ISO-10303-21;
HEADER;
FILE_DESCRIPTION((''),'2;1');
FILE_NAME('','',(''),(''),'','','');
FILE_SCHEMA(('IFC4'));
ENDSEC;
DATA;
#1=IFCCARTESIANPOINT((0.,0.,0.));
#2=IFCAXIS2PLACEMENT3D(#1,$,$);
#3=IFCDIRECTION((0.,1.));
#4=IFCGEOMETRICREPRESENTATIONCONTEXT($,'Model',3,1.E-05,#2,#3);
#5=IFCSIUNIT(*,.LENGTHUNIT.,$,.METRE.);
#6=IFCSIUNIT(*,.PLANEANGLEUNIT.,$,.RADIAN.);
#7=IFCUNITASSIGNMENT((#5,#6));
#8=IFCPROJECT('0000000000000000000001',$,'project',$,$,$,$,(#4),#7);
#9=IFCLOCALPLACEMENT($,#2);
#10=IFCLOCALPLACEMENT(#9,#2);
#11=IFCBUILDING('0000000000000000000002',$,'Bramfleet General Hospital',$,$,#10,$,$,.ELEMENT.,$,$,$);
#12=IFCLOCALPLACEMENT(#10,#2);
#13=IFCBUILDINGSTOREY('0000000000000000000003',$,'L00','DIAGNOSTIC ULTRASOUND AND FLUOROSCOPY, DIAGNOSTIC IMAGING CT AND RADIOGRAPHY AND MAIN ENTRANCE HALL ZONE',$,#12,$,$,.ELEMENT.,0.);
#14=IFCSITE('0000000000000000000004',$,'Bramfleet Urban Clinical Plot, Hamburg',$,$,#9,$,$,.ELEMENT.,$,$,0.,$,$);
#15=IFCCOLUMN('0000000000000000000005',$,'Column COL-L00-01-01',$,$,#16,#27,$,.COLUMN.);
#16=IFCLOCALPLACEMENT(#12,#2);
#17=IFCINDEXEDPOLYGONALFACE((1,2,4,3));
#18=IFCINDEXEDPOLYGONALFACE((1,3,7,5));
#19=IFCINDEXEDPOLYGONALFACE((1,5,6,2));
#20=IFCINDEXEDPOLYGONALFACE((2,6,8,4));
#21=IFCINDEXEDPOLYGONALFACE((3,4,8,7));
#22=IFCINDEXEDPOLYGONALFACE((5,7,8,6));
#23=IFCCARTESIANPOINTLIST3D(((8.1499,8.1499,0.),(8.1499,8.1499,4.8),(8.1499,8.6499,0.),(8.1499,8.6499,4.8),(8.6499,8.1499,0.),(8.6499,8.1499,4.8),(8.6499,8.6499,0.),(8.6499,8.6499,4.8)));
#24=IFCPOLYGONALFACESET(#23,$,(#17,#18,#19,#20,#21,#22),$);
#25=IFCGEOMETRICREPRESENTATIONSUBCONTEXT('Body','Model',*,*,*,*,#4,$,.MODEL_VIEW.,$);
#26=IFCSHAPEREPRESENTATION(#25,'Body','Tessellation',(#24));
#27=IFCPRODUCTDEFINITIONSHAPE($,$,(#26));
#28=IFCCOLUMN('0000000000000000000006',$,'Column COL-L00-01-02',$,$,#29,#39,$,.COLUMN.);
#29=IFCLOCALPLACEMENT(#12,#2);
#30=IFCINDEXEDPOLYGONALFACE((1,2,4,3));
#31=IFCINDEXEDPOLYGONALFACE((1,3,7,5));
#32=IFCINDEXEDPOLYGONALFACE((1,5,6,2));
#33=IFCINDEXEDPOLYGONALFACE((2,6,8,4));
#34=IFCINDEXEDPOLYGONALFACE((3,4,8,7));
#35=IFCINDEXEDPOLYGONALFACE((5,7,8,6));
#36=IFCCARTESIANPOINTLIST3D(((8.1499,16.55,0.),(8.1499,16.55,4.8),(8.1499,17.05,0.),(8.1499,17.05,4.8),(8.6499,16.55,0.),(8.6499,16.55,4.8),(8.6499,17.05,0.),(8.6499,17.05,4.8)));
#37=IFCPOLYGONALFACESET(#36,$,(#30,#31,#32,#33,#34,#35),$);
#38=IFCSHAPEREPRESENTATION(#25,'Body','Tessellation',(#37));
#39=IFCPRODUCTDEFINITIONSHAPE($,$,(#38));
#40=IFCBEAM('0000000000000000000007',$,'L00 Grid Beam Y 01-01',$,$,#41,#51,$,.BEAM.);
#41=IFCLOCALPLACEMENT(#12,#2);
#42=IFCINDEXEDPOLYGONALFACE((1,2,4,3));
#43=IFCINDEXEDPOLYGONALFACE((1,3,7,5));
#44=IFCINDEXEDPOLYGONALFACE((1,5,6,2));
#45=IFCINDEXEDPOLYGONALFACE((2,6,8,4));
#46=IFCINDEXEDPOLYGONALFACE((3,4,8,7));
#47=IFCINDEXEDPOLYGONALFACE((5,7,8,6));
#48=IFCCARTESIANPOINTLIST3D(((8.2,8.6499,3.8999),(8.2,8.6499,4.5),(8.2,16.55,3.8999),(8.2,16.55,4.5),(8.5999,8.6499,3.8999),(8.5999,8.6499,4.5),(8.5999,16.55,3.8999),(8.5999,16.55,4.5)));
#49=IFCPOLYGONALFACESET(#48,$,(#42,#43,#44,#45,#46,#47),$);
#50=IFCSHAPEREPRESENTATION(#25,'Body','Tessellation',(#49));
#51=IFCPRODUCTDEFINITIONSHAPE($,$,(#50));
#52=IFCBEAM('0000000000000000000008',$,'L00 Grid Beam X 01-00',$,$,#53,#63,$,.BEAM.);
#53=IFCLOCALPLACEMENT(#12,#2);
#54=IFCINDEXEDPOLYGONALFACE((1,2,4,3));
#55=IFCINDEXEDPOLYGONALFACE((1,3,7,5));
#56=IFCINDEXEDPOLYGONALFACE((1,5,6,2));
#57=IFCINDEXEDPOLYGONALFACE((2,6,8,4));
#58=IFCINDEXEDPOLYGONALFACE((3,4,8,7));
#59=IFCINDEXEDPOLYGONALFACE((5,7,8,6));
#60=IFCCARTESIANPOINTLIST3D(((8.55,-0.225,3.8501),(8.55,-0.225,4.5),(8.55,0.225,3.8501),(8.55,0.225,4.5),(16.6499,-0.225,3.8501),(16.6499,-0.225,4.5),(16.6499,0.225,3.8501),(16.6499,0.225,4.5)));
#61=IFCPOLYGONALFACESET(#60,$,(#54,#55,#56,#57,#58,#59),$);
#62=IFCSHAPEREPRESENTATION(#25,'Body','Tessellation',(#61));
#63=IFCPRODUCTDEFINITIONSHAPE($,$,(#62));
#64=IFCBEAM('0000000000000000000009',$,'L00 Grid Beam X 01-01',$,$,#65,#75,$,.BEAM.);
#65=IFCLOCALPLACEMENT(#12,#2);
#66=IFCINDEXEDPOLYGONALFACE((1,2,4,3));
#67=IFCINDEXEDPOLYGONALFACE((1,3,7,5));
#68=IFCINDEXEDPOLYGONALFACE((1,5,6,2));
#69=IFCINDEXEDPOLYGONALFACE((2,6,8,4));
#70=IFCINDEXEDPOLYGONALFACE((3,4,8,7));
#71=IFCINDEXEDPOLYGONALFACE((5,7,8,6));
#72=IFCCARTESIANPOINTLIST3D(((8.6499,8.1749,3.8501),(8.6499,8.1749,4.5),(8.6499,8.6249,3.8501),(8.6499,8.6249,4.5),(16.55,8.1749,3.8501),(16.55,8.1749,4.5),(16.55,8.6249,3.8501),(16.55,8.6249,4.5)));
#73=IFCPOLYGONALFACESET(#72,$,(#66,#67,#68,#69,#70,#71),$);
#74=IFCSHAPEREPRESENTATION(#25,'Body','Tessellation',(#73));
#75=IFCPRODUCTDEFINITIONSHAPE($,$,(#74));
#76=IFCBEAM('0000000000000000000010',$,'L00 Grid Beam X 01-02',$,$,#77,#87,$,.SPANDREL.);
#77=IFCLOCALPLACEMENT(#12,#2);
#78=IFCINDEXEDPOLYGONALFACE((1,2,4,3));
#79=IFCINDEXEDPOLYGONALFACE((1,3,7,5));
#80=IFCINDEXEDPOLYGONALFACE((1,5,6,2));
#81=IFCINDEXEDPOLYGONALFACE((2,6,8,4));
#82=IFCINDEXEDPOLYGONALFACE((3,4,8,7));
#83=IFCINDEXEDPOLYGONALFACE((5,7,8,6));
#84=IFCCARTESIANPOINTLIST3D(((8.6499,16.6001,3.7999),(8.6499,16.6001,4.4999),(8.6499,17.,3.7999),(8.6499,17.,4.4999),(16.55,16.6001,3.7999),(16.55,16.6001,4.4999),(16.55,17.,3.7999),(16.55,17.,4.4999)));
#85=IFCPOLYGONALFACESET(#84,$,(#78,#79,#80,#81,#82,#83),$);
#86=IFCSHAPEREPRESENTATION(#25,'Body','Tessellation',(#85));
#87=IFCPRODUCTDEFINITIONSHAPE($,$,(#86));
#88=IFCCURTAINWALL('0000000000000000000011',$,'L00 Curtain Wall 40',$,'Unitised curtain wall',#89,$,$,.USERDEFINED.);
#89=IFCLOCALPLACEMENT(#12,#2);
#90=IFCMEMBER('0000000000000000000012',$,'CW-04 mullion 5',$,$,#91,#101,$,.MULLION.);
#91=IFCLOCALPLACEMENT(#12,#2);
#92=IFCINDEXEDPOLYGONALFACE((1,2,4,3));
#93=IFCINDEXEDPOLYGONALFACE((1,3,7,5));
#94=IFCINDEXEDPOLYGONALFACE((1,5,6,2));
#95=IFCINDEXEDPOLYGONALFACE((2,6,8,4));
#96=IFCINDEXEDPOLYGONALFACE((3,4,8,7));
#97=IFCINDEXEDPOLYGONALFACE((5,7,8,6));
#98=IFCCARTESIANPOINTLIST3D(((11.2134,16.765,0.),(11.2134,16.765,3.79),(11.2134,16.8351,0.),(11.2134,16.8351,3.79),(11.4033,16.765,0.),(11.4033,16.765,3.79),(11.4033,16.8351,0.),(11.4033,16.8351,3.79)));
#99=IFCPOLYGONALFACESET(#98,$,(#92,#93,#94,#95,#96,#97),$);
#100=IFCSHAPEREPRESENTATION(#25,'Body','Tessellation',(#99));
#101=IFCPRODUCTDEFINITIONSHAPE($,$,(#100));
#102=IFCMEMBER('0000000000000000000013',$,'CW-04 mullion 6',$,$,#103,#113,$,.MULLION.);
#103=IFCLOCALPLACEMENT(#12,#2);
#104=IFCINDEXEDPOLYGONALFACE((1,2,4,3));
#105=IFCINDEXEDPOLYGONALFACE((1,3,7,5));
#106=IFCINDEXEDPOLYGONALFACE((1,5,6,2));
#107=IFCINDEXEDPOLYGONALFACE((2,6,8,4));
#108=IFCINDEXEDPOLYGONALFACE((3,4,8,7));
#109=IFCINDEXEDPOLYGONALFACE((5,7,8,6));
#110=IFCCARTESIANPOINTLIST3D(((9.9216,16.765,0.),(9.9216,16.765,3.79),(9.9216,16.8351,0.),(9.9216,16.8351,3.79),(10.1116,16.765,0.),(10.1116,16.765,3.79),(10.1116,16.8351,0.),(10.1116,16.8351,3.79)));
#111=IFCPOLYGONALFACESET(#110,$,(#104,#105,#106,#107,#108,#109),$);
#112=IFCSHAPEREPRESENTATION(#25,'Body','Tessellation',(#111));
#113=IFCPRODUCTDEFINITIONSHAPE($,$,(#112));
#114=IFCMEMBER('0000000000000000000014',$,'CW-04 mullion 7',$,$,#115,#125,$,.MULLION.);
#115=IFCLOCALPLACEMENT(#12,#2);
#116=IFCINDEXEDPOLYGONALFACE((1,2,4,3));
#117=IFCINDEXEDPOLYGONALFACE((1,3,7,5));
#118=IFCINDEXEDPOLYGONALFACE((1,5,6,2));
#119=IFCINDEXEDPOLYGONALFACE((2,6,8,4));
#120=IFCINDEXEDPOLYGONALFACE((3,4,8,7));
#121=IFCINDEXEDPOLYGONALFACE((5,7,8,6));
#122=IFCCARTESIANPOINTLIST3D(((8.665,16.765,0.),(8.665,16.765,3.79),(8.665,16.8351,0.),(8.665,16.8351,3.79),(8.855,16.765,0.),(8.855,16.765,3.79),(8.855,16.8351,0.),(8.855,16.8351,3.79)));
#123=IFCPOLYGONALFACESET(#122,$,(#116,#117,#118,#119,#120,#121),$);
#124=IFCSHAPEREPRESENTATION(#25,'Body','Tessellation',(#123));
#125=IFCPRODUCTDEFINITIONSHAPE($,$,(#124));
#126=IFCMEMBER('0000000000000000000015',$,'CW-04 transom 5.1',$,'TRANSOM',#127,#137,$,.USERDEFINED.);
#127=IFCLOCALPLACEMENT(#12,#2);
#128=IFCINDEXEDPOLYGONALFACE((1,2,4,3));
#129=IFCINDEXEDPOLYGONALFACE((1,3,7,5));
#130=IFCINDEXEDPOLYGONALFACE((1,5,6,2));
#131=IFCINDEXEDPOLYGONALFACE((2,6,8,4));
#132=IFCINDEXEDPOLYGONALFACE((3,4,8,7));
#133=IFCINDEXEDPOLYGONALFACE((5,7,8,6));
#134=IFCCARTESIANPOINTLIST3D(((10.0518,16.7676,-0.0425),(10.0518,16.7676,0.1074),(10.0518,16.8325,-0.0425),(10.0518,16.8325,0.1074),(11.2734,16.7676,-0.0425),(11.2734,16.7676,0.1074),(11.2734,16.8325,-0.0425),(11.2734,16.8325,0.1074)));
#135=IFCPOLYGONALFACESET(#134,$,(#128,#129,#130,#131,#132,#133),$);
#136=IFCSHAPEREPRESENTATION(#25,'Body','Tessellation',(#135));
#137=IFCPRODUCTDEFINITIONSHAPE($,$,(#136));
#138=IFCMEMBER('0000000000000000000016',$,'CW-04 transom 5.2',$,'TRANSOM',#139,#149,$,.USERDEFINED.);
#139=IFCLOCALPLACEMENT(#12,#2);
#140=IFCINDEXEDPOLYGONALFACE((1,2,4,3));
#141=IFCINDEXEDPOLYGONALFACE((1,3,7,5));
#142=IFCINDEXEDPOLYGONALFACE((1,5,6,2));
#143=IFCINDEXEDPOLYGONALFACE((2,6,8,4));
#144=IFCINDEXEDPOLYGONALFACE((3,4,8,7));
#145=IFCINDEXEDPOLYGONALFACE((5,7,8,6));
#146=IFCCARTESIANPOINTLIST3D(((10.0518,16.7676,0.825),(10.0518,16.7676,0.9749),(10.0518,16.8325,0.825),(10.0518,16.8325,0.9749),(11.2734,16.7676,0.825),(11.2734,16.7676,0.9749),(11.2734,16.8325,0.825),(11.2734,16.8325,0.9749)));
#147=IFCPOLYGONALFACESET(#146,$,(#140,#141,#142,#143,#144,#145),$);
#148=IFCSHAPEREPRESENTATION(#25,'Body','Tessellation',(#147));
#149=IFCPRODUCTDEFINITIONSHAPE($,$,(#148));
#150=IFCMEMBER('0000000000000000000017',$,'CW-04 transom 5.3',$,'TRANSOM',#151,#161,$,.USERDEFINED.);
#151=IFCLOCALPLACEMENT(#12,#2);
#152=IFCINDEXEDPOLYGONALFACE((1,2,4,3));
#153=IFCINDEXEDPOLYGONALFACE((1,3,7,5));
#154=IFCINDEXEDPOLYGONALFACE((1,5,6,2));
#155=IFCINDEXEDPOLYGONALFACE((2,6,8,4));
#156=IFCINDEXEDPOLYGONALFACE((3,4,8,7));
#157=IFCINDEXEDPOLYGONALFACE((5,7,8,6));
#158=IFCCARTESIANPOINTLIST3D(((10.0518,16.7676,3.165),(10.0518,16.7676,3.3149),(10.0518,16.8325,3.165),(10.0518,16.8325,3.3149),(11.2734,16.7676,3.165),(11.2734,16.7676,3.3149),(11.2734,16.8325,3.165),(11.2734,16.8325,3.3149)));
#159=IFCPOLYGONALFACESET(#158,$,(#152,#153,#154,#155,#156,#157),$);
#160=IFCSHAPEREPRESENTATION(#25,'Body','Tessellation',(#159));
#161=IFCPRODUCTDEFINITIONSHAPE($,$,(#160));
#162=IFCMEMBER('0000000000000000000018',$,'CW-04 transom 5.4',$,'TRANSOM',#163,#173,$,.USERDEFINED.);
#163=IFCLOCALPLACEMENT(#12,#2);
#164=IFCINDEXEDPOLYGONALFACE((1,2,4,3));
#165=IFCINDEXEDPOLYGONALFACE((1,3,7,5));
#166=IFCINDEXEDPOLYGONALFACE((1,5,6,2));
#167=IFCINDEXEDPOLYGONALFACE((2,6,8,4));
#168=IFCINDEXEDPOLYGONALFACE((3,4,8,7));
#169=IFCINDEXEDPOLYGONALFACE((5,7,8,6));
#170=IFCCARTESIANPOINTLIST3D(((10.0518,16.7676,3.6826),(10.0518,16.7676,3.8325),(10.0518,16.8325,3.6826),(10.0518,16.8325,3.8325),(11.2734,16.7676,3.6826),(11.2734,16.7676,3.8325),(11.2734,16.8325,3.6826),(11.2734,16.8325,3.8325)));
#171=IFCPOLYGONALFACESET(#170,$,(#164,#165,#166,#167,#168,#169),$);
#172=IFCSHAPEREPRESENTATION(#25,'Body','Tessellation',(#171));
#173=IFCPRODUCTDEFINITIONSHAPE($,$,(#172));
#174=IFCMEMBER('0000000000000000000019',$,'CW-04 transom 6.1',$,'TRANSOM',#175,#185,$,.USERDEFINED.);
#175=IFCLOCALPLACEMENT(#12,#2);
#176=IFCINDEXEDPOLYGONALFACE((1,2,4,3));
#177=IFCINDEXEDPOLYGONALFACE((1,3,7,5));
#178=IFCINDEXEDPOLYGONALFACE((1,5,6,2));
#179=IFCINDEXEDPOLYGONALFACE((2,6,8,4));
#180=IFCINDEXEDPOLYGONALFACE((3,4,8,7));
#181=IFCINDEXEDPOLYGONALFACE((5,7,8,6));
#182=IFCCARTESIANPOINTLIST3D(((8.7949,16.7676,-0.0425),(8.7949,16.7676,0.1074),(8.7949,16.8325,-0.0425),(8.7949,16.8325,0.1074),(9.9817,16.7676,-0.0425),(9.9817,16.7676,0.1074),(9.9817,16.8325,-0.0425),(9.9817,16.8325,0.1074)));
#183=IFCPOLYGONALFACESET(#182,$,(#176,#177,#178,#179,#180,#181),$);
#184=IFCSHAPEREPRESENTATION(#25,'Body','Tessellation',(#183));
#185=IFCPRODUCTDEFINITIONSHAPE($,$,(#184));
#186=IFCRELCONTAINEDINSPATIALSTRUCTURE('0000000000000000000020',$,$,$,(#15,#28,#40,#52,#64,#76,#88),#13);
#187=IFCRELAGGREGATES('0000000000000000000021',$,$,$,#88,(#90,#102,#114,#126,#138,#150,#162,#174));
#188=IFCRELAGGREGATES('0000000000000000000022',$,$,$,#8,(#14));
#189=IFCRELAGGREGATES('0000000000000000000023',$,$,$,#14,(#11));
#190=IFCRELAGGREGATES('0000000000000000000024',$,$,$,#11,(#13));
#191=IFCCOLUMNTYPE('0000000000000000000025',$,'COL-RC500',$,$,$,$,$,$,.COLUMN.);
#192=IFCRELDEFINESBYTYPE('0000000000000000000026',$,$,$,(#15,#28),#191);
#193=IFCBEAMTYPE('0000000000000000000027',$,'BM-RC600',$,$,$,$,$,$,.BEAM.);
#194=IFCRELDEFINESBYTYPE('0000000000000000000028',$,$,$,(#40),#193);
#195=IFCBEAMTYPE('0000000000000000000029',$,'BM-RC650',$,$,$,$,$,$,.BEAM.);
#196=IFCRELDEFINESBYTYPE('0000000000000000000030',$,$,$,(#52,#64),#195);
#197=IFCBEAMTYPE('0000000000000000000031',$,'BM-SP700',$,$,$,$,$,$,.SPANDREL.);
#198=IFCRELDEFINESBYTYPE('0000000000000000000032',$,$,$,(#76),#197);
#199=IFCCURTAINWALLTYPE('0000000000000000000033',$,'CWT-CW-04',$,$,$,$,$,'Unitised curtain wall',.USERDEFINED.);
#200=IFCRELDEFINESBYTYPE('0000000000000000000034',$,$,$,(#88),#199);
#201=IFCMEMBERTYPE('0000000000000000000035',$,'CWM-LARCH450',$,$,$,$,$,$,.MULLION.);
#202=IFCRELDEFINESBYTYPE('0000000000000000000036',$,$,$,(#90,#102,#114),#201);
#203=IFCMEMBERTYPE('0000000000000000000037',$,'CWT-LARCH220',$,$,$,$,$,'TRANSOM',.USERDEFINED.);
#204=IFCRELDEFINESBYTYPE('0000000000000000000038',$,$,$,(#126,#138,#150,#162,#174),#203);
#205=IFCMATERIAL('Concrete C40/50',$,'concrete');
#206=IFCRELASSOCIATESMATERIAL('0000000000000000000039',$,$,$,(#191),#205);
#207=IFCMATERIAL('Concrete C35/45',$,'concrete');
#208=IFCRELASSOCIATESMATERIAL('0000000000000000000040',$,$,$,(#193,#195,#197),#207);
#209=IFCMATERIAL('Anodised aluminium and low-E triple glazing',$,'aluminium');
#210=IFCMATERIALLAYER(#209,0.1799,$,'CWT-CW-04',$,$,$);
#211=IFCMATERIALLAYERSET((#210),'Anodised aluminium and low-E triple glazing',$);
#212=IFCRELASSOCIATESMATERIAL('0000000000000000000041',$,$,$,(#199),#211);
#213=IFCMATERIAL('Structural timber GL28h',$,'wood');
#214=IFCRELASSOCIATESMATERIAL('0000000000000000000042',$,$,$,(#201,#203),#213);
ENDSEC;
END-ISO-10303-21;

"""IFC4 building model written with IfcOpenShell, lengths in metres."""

from ifc_helpers import new_model, si_unit, direction, frame, origin, origin_2d, place, context, subcontext, project, spatial, rectangle, extrude, material, layer, layer_set, material_profile, profile_set, type_object, element, aggregate, save


model = new_model("IFC4")

# Units and contexts
model_context = context("Model", 3, precision=1e-05, world=origin(), true_north=direction((0.0, 1.0)))
body_context = subcontext(model_context, "Body", "Model", "MODEL_VIEW")
ifc_project = project(units=[si_unit("LENGTHUNIT", "METRE"), si_unit("PLANEANGLEUNIT", "RADIAN")], contexts=[model_context])

# Site, building, storey
site_placement = place(None, origin())
site = spatial("IfcSite", under=ifc_project, at=site_placement, Name="Bramfleet Urban Clinical Plot, Hamburg", CompositionType="ELEMENT", RefElevation=0.0)
building_placement = place(site_placement, origin())
building = spatial("IfcBuilding", under=site, at=building_placement, Name="Bramfleet General Hospital", CompositionType="ELEMENT")
storey_placement = place(building_placement, origin())
storey = spatial("IfcBuildingStorey", under=building, at=storey_placement, Name="L00", Description="DIAGNOSTIC ULTRASOUND AND FLUOROSCOPY, DIAGNOSTIC IMAGING CT AND RADIOGRAPHY AND MAIN ENTRANCE HALL ZONE", CompositionType="ELEMENT", Elevation=0.0)

# Columns
ifc_material_1 = material(Name="Concrete C40/50", Category="concrete")
ifc_material_profile_1 = material_profile(ifc_material_1, rectangle(XDim=0.5, YDim=0.5, at=origin_2d()), Name="RC COL 500x500")
ifc_profile_set_1 = profile_set([ifc_material_profile_1], Name="Concrete C40/50")
column_type = type_object("IfcColumnType", Name="COL-RC500", PredefinedType="COLUMN", material=ifc_profile_set_1)
for number, where, z_axis, x_axis, name in (
    (1, (8.3999, 8.3999, 0.0), (0.0, 0.0, 1.0), (1.0, 0.0, 0.0), "Column COL-L00-01-01"),
    (2, (8.3999, 16.8, 0.0), (0.0, 0.0, 1.0), (1.0, 0.0, 0.0), "Column COL-L00-01-02"),
):
    element("IfcColumn", number, at=place(storey_placement, frame(where, z_axis=z_axis, x_axis=x_axis)), inside=storey, type_object=column_type, Name=name, PredefinedType="COLUMN", context=body_context, shape_type="SweptSolid", body=[
        extrude(rectangle(XDim=0.5, YDim=0.5, at=origin_2d()), origin(), (0.0, 0.0, 1.0), 4.8),
    ])

# Beams
ifc_material_2 = material(Name="Concrete C35/45", Category="concrete")
ifc_material_profile_2 = material_profile(ifc_material_2, rectangle(XDim=0.3999, YDim=0.6001, at=origin_2d()), Name="RC BM 600x400")
ifc_profile_set_2 = profile_set([ifc_material_profile_2], Name="Concrete C35/45")
beam_type_1 = type_object("IfcBeamType", Name="BM-RC600", PredefinedType="BEAM", material=ifc_profile_set_2)
beam_1_placement = place(storey_placement, frame((8.3999, 8.6499, 4.2), z_axis=(0.0, 1.0, 0.0), x_axis=(-1.0, 0.0, 0.0)))
element("IfcBeam", 3, at=beam_1_placement, inside=storey, type_object=beam_type_1, Name="L00 Grid Beam Y 01-01", PredefinedType="BEAM", context=body_context, shape_type="SweptSolid", body=[
    extrude(rectangle(XDim=0.3999, YDim=0.6001, at=origin_2d()), origin(), (0.0, 0.0, 1.0), 7.9001),
])
ifc_material_profile_3 = material_profile(ifc_material_2, rectangle(XDim=0.45, YDim=0.6499, at=origin_2d()), Name="RC BM 650x450")
ifc_profile_set_3 = profile_set([ifc_material_profile_3], Name="Concrete C35/45")
beam_type_2 = type_object("IfcBeamType", Name="BM-RC650", PredefinedType="BEAM", material=ifc_profile_set_3)
beam_2_placement = place(storey_placement, frame((8.55, 0.0, 4.175), z_axis=(1.0, 0.0, 0.0), x_axis=(0.0, 1.0, 0.0)))
element("IfcBeam", 4, at=beam_2_placement, inside=storey, type_object=beam_type_2, Name="L00 Grid Beam X 01-00", PredefinedType="BEAM", context=body_context, shape_type="SweptSolid", body=[
    extrude(rectangle(XDim=0.45, YDim=0.6499, at=origin_2d()), origin(), (0.0, 0.0, 1.0), 8.0999),
])
beam_3_placement = place(storey_placement, frame((8.6499, 8.3999, 4.175), z_axis=(1.0, 0.0, 0.0), x_axis=(0.0, 1.0, 0.0)))
element("IfcBeam", 5, at=beam_3_placement, inside=storey, type_object=beam_type_2, Name="L00 Grid Beam X 01-01", PredefinedType="BEAM", context=body_context, shape_type="SweptSolid", body=[
    extrude(rectangle(XDim=0.45, YDim=0.6499, at=origin_2d()), origin(), (0.0, 0.0, 1.0), 7.9001),
])
ifc_material_profile_4 = material_profile(ifc_material_2, rectangle(XDim=0.3999, YDim=0.7, at=origin_2d()), Name="RC SP 700x400")
ifc_profile_set_4 = profile_set([ifc_material_profile_4], Name="Concrete C35/45")
beam_type_3 = type_object("IfcBeamType", Name="BM-SP700", PredefinedType="SPANDREL", material=ifc_profile_set_4)
beam_4_placement = place(storey_placement, frame((8.6499, 16.8, 4.1499), z_axis=(1.0, 0.0, 0.0), x_axis=(0.0, 1.0, 0.0)))
element("IfcBeam", 6, at=beam_4_placement, inside=storey, type_object=beam_type_3, Name="L00 Grid Beam X 01-02", PredefinedType="SPANDREL", context=body_context, shape_type="SweptSolid", body=[
    extrude(rectangle(XDim=0.3999, YDim=0.7, at=origin_2d()), origin(), (0.0, 0.0, 1.0), 7.9001),
])

# Curtain wall, members
ifc_material_3 = material(Name="Anodised aluminium and low-E triple glazing", Category="aluminium")
ifc_layer_1 = layer(ifc_material_3, 0.1799, Name="CWT-CW-04")
ifc_layer_set_1 = layer_set([ifc_layer_1], Name="Anodised aluminium and low-E triple glazing")
curtain_wall_type = type_object("IfcCurtainWallType", Name="CWT-CW-04", ElementType="Unitised curtain wall", PredefinedType="USERDEFINED", material=ifc_layer_set_1)
curtain_wall_placement = place(storey_placement, origin())
curtain_wall = element("IfcCurtainWall", 7, at=curtain_wall_placement, inside=storey, type_object=curtain_wall_type, Name="L00 Curtain Wall 40", ObjectType="Unitised curtain wall", PredefinedType="USERDEFINED")
ifc_material_4 = material(Name="Structural timber GL28h", Category="wood")
ifc_material_profile_5 = material_profile(ifc_material_4, rectangle(XDim=0.0701, YDim=0.1899, at=origin_2d()), Name="LARCH 190x70")
ifc_profile_set_5 = profile_set([ifc_material_profile_5], Name="Structural timber GL28h")
member_type_1 = type_object("IfcMemberType", Name="CWM-LARCH450", PredefinedType="MULLION", material=ifc_profile_set_5)
member_1_placement = place(storey_placement, frame((11.3083, 16.8, 0.0), z_axis=(0.0, 0.0, 1.0), x_axis=(0.0, -1.0, 0.0)))
member_1 = element("IfcMember", 8, at=member_1_placement, type_object=member_type_1, Name="CW-04 mullion 5", PredefinedType="MULLION", context=body_context, shape_type="SweptSolid", body=[
    extrude(rectangle(XDim=0.0701, YDim=0.1899, at=origin_2d()), origin(), (0.0, 0.0, 1.0), 3.79),
])
member_2_placement = place(storey_placement, frame((10.0166, 16.8, 0.0), z_axis=(0.0, 0.0, 1.0), x_axis=(0.0, -1.0, 0.0)))
member_2 = element("IfcMember", 9, at=member_2_placement, type_object=member_type_1, Name="CW-04 mullion 6", PredefinedType="MULLION", context=body_context, shape_type="SweptSolid", body=[
    extrude(rectangle(XDim=0.0701, YDim=0.1899, at=origin_2d()), origin(), (0.0, 0.0, 1.0), 3.79),
])
member_3_placement = place(storey_placement, frame((8.76, 16.8, 0.0), z_axis=(0.0, 0.0, 1.0), x_axis=(0.0, -1.0, 0.0)))
member_3 = element("IfcMember", 10, at=member_3_placement, type_object=member_type_1, Name="CW-04 mullion 7", PredefinedType="MULLION", context=body_context, shape_type="SweptSolid", body=[
    extrude(rectangle(XDim=0.0701, YDim=0.1899, at=origin_2d()), origin(), (0.0, 0.0, 1.0), 3.79),
])
ifc_material_profile_6 = material_profile(ifc_material_4, rectangle(XDim=0.0649, YDim=0.1499, at=origin_2d()), Name="LARCH 150x65")
ifc_profile_set_6 = profile_set([ifc_material_profile_6], Name="Structural timber GL28h")
member_type_2 = type_object("IfcMemberType", Name="CWT-LARCH220", ElementType="TRANSOM", PredefinedType="USERDEFINED", material=ifc_profile_set_6)
member_4_placement = place(storey_placement, frame((11.2734, 16.8, 0.0325), z_axis=(-1.0, 0.0, 0.0), x_axis=(0.0, -1.0, 0.0)))
member_4 = element("IfcMember", 11, at=member_4_placement, type_object=member_type_2, Name="CW-04 transom 5.1", ObjectType="TRANSOM", PredefinedType="USERDEFINED", context=body_context, shape_type="SweptSolid", body=[
    extrude(rectangle(XDim=0.0649, YDim=0.1499, at=origin_2d()), origin(), (0.0, 0.0, 1.0), 1.2217),
])
member_5_placement = place(storey_placement, frame((11.2734, 16.8, 0.8999), z_axis=(-1.0, 0.0, 0.0), x_axis=(0.0, -1.0, 0.0)))
member_5 = element("IfcMember", 12, at=member_5_placement, type_object=member_type_2, Name="CW-04 transom 5.2", ObjectType="TRANSOM", PredefinedType="USERDEFINED", context=body_context, shape_type="SweptSolid", body=[
    extrude(rectangle(XDim=0.0649, YDim=0.1499, at=origin_2d()), origin(), (0.0, 0.0, 1.0), 1.2217),
])
member_6_placement = place(storey_placement, frame((11.2734, 16.8, 3.24), z_axis=(-1.0, 0.0, 0.0), x_axis=(0.0, -1.0, 0.0)))
member_6 = element("IfcMember", 13, at=member_6_placement, type_object=member_type_2, Name="CW-04 transom 5.3", ObjectType="TRANSOM", PredefinedType="USERDEFINED", context=body_context, shape_type="SweptSolid", body=[
    extrude(rectangle(XDim=0.0649, YDim=0.1499, at=origin_2d()), origin(), (0.0, 0.0, 1.0), 1.2217),
])
member_7_placement = place(storey_placement, frame((11.2734, 16.8, 3.7576), z_axis=(-1.0, 0.0, 0.0), x_axis=(0.0, -1.0, 0.0)))
member_7 = element("IfcMember", 14, at=member_7_placement, type_object=member_type_2, Name="CW-04 transom 5.4", ObjectType="TRANSOM", PredefinedType="USERDEFINED", context=body_context, shape_type="SweptSolid", body=[
    extrude(rectangle(XDim=0.0649, YDim=0.1499, at=origin_2d()), origin(), (0.0, 0.0, 1.0), 1.2217),
])
member_8_placement = place(storey_placement, frame((9.9817, 16.8, 0.0325), z_axis=(-1.0, 0.0, 0.0), x_axis=(0.0, -1.0, 0.0)))
member_8 = element("IfcMember", 15, at=member_8_placement, type_object=member_type_2, Name="CW-04 transom 6.1", ObjectType="TRANSOM", PredefinedType="USERDEFINED", context=body_context, shape_type="SweptSolid", body=[
    extrude(rectangle(XDim=0.0649, YDim=0.1499, at=origin_2d()), origin(), (0.0, 0.0, 1.0), 1.1868),
])
aggregate(curtain_wall, [member_1, member_2, member_3, member_4, member_5, member_6, member_7, member_8])

save(model, "model.ifc")
